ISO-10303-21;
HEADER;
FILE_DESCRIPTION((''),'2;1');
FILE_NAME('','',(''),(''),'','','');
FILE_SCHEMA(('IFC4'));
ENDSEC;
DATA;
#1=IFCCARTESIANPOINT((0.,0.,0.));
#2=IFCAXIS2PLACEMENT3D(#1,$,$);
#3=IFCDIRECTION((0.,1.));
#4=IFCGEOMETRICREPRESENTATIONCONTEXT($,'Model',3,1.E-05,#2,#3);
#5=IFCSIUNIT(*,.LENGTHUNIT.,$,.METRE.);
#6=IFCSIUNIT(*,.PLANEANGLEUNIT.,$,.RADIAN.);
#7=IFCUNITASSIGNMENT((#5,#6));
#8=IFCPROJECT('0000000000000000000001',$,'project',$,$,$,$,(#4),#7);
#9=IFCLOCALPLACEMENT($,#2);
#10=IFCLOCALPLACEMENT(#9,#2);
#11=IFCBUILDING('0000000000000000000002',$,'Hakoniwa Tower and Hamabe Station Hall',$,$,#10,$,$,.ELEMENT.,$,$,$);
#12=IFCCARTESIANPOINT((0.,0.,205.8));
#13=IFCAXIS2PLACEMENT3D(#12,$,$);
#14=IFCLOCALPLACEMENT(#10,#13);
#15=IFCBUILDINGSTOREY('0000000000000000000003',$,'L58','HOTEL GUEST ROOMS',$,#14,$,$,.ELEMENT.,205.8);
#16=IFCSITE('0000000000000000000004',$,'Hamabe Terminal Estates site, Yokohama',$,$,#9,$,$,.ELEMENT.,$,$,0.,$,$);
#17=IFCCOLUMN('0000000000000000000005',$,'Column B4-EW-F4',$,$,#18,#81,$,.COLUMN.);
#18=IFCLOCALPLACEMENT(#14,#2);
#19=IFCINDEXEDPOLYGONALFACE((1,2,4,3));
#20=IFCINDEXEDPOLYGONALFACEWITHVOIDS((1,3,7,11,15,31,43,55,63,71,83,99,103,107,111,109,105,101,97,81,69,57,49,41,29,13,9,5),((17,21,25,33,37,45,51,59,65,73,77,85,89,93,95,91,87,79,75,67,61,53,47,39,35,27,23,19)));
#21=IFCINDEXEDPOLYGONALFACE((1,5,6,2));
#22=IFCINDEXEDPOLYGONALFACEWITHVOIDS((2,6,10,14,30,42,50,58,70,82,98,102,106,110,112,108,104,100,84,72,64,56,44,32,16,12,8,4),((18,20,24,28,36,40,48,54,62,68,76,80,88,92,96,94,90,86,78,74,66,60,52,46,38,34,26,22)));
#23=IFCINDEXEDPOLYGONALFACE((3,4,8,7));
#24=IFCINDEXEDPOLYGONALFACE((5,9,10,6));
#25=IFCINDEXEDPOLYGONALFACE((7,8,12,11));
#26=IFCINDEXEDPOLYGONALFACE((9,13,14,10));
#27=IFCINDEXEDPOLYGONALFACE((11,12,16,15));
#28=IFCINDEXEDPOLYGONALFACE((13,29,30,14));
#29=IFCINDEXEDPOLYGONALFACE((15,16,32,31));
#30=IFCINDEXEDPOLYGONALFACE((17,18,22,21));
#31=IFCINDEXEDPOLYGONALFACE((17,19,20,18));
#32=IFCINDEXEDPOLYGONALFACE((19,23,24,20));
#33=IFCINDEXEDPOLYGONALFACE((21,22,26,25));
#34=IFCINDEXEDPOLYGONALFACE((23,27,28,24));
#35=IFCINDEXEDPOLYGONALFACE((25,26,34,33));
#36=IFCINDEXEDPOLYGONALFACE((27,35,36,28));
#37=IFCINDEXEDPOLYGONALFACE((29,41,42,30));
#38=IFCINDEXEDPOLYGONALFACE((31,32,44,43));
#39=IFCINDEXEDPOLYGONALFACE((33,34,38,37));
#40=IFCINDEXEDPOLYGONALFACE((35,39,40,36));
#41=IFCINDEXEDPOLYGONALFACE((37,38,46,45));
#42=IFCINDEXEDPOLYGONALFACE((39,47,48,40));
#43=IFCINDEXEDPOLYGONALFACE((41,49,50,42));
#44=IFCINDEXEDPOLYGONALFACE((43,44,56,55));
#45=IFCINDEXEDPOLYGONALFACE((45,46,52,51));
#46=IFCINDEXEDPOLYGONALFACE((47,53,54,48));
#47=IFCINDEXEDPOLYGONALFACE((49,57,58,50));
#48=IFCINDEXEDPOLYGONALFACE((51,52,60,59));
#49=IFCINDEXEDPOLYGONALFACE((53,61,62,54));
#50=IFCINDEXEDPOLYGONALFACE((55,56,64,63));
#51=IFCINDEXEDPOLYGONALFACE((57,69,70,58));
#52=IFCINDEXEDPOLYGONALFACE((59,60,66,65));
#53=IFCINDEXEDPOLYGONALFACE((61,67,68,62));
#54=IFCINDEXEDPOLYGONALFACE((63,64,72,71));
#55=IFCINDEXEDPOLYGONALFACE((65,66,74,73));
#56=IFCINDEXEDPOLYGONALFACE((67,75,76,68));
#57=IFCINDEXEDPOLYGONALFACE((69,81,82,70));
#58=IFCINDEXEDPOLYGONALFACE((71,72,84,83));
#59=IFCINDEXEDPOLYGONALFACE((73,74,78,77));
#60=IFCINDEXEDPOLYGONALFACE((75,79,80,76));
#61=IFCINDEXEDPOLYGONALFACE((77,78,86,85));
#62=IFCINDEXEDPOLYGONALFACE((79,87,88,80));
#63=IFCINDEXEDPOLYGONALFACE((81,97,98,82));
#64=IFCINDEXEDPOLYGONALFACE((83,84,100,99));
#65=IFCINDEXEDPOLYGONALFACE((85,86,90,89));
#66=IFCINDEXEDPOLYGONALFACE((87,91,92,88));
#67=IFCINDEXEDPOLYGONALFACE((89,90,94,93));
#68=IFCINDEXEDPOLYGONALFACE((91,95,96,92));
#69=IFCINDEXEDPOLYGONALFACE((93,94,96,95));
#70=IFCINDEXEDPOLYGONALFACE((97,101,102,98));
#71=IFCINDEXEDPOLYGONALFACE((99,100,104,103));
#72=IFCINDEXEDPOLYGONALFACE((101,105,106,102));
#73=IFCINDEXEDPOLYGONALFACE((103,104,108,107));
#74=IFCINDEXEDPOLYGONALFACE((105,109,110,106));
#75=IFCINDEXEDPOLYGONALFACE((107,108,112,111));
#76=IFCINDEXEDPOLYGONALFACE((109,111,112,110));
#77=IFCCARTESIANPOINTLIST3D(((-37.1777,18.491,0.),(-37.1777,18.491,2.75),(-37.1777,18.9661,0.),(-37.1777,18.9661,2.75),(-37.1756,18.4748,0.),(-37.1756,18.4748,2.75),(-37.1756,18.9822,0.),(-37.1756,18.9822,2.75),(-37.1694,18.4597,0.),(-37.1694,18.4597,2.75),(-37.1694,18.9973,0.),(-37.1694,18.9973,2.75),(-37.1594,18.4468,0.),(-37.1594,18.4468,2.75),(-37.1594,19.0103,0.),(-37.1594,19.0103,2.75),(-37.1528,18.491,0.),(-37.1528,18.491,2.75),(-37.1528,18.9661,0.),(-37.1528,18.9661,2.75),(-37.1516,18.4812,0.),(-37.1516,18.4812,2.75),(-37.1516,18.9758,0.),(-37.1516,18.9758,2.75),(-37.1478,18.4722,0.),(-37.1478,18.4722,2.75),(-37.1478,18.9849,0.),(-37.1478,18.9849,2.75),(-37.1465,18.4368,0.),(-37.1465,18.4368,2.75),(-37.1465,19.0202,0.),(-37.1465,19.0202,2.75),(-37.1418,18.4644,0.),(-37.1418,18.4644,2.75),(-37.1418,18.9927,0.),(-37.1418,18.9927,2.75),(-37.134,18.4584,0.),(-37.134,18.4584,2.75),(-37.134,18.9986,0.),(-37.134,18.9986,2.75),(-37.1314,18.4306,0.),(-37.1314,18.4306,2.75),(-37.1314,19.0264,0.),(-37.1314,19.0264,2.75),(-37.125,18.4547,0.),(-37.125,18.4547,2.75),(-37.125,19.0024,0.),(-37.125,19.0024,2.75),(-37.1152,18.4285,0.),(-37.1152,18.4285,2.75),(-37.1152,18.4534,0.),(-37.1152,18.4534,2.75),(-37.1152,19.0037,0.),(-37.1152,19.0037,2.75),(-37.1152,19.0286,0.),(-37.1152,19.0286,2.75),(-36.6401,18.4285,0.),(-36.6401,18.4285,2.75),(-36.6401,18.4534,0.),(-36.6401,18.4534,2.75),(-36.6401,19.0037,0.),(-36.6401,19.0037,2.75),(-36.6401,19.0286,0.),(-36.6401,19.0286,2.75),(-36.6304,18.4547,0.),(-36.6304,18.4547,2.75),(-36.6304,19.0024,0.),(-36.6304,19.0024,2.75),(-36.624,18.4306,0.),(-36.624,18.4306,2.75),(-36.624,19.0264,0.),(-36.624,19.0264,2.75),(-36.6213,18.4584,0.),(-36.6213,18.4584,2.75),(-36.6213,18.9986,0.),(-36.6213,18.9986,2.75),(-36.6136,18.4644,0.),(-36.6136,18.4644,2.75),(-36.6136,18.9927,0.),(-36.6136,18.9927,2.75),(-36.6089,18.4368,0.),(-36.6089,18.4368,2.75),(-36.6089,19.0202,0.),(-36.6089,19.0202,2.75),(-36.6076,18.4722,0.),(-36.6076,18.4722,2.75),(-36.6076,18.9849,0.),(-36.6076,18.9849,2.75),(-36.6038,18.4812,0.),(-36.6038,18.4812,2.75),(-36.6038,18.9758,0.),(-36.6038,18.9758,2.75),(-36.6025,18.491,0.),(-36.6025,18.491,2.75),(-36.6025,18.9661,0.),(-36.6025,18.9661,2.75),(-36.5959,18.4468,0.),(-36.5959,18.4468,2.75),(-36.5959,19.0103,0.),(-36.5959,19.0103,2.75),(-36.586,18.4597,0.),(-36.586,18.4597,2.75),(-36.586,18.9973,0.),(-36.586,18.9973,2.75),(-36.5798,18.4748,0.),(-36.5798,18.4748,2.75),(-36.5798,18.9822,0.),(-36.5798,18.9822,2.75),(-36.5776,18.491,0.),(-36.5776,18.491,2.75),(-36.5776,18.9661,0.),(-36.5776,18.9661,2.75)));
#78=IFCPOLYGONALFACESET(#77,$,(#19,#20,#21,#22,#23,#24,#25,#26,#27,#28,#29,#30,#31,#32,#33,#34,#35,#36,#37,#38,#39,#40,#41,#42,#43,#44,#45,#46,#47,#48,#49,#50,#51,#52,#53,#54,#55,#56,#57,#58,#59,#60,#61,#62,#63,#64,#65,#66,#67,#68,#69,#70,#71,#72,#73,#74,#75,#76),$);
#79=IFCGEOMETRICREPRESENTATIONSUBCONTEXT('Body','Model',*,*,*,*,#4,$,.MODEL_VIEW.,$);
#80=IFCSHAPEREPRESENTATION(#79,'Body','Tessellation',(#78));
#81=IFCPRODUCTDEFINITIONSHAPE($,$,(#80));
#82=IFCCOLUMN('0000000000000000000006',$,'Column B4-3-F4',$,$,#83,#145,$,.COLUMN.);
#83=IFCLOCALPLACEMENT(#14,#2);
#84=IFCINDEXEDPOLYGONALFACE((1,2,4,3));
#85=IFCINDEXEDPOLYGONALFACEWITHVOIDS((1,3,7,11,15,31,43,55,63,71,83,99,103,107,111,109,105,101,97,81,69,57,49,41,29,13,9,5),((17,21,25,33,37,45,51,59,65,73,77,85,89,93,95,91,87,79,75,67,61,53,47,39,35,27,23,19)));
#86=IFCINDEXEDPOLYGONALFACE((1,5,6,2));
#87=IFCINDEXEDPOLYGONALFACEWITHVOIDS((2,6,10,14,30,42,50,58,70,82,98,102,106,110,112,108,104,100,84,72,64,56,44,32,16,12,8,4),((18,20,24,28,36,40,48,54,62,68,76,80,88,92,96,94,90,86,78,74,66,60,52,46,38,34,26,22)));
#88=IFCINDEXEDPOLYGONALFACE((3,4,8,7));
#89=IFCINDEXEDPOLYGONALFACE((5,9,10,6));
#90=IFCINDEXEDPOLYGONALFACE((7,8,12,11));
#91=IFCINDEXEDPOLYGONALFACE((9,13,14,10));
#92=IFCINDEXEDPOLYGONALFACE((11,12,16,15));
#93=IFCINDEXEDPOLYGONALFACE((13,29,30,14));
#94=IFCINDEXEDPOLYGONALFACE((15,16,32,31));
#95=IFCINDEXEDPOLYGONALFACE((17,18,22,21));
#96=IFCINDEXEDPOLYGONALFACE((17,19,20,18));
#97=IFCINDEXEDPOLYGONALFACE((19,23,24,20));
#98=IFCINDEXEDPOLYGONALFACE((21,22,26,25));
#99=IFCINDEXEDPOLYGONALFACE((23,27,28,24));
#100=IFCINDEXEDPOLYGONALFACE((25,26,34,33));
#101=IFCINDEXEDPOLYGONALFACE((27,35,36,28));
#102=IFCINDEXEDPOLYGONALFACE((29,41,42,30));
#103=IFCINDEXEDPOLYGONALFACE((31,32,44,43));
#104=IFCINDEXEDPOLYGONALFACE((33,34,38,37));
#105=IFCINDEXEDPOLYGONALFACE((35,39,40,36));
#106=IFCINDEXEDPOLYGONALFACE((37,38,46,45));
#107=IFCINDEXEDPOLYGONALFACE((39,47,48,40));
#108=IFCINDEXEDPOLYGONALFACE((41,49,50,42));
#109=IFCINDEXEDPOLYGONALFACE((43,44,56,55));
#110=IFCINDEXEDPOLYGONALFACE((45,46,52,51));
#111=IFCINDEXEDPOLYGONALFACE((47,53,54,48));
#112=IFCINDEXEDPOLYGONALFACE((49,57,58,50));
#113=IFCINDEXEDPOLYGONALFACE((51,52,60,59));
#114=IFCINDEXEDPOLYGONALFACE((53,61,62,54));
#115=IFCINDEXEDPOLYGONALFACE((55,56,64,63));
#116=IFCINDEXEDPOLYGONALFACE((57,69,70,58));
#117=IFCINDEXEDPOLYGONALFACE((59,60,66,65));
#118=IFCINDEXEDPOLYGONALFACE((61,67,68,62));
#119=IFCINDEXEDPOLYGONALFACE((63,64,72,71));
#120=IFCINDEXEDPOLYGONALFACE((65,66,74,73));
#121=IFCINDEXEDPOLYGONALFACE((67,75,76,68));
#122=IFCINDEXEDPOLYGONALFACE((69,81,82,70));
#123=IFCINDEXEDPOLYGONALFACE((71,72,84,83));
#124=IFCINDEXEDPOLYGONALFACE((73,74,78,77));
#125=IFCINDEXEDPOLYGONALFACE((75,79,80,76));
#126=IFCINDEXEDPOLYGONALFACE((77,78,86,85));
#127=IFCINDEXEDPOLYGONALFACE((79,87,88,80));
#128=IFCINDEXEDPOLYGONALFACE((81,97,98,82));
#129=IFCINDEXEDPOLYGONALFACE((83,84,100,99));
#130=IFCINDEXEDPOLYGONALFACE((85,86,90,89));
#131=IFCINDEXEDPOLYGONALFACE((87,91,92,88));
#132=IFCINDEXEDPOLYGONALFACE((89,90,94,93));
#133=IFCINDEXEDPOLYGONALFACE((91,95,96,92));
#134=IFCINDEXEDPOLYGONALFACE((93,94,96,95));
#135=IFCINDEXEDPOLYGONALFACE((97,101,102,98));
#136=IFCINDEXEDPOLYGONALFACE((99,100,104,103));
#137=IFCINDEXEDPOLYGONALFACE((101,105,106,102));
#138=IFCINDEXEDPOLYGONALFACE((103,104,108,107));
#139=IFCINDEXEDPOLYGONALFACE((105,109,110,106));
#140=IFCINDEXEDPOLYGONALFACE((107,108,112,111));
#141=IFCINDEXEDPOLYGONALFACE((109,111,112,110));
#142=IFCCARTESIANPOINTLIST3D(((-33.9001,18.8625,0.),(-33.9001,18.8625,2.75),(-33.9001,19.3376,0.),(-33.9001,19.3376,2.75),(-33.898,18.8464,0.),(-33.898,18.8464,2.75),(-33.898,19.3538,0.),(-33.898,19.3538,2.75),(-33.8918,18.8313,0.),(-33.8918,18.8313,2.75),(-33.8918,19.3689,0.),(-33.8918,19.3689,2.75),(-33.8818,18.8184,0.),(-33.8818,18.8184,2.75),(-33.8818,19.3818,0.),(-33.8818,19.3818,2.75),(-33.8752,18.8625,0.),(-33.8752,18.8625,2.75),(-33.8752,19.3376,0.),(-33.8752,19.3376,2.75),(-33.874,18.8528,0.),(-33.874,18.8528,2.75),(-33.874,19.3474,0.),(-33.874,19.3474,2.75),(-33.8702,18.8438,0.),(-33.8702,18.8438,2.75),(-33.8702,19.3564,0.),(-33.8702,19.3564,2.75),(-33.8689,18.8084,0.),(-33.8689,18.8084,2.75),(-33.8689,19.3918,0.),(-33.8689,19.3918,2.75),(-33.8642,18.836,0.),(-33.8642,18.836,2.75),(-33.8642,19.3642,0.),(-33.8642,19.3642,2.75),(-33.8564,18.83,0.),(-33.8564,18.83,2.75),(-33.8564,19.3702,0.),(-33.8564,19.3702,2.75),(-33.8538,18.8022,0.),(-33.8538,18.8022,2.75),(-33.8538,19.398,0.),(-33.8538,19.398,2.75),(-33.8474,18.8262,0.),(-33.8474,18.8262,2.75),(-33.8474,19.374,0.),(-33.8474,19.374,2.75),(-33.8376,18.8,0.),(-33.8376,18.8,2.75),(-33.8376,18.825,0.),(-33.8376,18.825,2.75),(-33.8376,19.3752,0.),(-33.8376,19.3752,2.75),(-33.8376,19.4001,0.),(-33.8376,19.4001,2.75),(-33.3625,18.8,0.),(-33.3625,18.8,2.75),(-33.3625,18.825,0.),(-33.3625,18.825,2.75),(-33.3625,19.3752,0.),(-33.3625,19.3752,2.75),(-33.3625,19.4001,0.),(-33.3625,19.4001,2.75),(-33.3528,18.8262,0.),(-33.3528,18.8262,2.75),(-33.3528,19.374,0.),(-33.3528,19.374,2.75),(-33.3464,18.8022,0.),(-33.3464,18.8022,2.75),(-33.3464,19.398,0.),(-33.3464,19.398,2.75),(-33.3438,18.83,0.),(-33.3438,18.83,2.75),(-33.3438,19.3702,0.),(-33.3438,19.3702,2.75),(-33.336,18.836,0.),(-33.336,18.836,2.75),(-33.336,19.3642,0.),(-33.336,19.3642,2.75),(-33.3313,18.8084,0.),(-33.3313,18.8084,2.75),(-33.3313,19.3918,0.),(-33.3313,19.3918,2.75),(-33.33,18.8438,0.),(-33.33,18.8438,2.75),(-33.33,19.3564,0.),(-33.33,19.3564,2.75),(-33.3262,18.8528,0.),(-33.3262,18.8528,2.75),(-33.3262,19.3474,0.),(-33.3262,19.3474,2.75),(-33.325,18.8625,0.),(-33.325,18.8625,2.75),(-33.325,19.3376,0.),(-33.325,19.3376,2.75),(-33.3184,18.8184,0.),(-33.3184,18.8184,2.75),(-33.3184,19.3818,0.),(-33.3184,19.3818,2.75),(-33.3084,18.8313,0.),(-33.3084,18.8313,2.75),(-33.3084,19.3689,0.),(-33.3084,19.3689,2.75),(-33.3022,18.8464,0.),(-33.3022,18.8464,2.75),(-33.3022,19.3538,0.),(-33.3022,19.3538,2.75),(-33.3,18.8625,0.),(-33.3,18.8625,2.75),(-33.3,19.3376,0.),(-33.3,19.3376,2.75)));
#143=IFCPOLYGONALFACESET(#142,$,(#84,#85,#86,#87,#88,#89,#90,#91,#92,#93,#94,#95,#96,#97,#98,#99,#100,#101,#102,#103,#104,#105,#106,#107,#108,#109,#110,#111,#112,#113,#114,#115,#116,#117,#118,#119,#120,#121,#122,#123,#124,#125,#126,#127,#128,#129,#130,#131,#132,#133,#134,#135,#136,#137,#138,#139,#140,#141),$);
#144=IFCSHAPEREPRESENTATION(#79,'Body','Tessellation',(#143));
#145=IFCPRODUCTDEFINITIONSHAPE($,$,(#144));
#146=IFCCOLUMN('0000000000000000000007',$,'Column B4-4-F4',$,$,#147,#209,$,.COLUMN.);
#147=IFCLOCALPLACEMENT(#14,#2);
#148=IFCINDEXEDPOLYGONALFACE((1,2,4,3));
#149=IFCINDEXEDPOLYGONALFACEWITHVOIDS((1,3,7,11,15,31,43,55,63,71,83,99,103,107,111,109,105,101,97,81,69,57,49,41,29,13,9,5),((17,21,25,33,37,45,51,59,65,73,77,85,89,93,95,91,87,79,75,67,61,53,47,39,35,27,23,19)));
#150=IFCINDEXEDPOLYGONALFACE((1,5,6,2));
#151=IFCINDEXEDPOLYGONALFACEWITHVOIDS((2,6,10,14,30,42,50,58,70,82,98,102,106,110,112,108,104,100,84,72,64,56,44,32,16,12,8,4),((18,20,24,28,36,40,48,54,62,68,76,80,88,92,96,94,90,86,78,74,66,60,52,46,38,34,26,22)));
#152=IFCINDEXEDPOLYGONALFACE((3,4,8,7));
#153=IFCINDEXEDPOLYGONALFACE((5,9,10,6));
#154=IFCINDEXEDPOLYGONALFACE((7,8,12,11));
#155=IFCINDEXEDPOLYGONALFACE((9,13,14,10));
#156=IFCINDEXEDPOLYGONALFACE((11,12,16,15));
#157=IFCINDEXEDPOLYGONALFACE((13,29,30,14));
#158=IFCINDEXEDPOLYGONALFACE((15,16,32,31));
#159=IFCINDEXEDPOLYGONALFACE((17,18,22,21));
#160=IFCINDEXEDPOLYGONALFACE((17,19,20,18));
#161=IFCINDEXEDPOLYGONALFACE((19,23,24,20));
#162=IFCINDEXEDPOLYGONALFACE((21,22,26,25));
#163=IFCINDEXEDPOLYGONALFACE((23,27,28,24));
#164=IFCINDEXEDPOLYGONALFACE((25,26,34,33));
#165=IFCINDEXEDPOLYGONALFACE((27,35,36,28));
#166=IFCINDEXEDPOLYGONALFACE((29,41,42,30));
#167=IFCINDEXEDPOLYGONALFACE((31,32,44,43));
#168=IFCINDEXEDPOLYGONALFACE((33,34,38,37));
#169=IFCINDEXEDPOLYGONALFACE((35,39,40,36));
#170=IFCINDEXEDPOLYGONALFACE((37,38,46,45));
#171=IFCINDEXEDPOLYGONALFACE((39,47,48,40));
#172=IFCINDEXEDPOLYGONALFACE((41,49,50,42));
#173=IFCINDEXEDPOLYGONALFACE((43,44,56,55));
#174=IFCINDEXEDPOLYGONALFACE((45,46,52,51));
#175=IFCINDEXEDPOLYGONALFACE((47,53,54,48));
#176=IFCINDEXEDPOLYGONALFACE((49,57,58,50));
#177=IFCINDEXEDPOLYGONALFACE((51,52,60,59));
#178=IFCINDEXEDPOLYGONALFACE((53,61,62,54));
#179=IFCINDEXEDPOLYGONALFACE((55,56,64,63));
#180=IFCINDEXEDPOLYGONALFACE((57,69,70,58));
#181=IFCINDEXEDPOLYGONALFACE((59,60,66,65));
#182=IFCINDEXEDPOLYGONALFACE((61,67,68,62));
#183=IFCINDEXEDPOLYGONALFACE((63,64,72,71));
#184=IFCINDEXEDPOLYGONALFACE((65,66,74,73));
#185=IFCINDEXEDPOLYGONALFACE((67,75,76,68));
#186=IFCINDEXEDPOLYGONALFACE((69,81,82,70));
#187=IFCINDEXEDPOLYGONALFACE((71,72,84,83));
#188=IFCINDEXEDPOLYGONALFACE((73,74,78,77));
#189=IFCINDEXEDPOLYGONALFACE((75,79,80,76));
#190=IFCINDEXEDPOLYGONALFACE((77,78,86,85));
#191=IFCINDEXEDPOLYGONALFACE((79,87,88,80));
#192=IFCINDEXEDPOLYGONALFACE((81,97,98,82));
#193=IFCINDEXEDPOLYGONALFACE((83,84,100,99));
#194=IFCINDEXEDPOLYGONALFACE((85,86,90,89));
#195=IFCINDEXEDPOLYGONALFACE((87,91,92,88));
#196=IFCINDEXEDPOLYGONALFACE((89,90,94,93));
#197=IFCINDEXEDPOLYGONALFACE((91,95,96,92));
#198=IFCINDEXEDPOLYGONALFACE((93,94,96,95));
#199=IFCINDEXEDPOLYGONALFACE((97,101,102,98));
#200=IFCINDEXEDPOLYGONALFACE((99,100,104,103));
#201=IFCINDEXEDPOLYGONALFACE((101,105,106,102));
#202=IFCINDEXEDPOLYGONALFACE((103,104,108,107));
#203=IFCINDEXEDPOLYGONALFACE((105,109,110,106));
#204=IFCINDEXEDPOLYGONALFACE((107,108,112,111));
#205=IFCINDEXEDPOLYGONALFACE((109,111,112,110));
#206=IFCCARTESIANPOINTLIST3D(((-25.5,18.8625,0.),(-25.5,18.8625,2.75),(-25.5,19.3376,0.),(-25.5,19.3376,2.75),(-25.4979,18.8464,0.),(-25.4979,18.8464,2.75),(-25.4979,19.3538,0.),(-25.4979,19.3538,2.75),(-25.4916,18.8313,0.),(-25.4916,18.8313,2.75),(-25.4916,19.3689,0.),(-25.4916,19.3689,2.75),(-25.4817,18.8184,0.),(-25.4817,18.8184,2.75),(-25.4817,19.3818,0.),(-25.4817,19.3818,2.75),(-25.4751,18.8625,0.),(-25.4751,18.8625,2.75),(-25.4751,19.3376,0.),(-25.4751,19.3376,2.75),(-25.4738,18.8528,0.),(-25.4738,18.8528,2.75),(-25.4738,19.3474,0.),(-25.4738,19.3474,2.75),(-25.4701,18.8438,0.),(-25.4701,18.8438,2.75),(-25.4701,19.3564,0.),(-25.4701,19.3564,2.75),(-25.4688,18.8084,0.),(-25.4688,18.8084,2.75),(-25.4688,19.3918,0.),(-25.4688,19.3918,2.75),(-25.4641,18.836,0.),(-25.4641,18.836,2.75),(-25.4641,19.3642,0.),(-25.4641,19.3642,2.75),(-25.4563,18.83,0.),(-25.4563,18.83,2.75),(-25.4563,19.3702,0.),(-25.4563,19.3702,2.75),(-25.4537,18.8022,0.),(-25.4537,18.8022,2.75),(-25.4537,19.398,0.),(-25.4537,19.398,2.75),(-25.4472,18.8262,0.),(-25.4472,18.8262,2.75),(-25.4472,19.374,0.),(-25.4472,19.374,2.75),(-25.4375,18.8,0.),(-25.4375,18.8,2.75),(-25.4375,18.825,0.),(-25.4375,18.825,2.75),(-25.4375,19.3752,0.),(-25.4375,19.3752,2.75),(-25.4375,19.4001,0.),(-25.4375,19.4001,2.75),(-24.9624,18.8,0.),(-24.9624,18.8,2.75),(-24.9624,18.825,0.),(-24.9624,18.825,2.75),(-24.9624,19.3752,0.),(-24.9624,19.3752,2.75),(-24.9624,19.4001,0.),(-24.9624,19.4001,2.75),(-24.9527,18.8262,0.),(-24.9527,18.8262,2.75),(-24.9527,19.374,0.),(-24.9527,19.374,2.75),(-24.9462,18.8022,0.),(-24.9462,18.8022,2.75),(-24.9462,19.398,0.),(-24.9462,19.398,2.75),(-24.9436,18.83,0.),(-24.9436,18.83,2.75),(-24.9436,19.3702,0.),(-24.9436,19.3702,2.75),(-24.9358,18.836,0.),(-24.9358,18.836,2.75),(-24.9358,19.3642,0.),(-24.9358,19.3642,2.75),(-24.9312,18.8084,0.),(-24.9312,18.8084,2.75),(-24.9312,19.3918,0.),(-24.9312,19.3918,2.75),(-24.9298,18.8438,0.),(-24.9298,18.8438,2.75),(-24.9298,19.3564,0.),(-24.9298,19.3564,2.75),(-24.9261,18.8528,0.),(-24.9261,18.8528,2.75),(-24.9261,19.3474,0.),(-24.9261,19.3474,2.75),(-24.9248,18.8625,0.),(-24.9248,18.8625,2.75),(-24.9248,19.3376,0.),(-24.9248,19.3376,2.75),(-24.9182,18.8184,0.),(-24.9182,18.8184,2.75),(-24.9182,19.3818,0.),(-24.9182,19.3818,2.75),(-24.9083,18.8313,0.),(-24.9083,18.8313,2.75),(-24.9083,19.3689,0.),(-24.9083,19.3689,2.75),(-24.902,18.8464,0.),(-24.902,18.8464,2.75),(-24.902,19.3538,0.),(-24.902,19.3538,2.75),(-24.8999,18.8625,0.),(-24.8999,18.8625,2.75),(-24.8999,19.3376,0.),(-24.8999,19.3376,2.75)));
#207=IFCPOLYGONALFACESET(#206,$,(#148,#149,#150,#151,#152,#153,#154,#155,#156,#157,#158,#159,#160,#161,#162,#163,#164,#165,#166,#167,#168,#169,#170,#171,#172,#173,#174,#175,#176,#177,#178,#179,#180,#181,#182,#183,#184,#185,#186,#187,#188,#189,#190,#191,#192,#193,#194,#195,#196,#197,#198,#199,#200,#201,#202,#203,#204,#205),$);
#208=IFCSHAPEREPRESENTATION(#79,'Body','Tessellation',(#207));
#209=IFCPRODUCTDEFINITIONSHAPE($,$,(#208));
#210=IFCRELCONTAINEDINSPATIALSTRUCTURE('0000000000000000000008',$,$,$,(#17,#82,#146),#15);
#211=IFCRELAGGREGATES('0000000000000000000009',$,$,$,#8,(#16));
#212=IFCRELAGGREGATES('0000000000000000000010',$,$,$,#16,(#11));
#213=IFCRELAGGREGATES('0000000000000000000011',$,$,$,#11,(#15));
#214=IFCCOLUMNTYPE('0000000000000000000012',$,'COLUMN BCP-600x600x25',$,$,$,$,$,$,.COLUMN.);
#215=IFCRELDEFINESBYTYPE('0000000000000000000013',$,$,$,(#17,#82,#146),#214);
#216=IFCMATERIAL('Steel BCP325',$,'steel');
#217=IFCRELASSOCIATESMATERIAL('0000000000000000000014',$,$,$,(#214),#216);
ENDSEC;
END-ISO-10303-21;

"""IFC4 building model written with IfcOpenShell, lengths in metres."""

from ifc_helpers import new_model, si_unit, direction, frame, origin, origin_2d, place, context, subcontext, project, spatial, hollow_rectangle, extrude, material, material_profile, profile_set, type_object, element, save


model = new_model("IFC4")

# Units and contexts
model_context = context("Model", 3, precision=1e-05, world=origin(), true_north=direction((0.0, 1.0)))
body_context = subcontext(model_context, "Body", "Model", "MODEL_VIEW")
ifc_project = project(units=[si_unit("LENGTHUNIT", "METRE"), si_unit("PLANEANGLEUNIT", "RADIAN")], contexts=[model_context])

# Site, building, storey
site_placement = place(None, origin())
site = spatial("IfcSite", under=ifc_project, at=site_placement, Name="Hamabe Terminal Estates site, Yokohama", CompositionType="ELEMENT", RefElevation=0.0)
building_placement = place(site_placement, origin())
building = spatial("IfcBuilding", under=site, at=building_placement, Name="Hakoniwa Tower and Hamabe Station Hall", CompositionType="ELEMENT")
storey_placement = place(building_placement, frame((0.0, 0.0, 205.8)))
storey = spatial("IfcBuildingStorey", under=building, at=storey_placement, Name="L58", Description="HOTEL GUEST ROOMS", CompositionType="ELEMENT", Elevation=205.8)

# Columns
ifc_material_1 = material(Name="Steel BCP325", Category="steel")
ifc_material_profile_1 = material_profile(ifc_material_1, hollow_rectangle(XDim=0.6001, YDim=0.6001, WallThickness=0.0249, InnerFilletRadius=0.0376, OuterFilletRadius=0.0625, at=origin_2d()), Name="BCP-600x600x25")
ifc_profile_set_1 = profile_set([ifc_material_profile_1], Name="Steel BCP325")
column_type = type_object("IfcColumnType", Name="COLUMN BCP-600x600x25", PredefinedType="COLUMN", material=ifc_profile_set_1)
for number, where, z_axis, x_axis, name in (
    (1, (-36.8777, 18.7285, 0.0), (0.0, 0.0, 1.0), (1.0, 0.0, 0.0), "Column B4-EW-F4"),
    (2, (-33.6001, 19.1001, 0.0), (0.0, 0.0, 1.0), (1.0, 0.0, 0.0), "Column B4-3-F4"),
    (3, (-25.2, 19.1001, 0.0), (0.0, 0.0, 1.0), (1.0, 0.0, 0.0), "Column B4-4-F4"),
):
    element("IfcColumn", number, at=place(storey_placement, frame(where, z_axis=z_axis, x_axis=x_axis)), inside=storey, type_object=column_type, Name=name, PredefinedType="COLUMN", context=body_context, shape_type="SweptSolid", body=[
        extrude(hollow_rectangle(XDim=0.6001, YDim=0.6001, WallThickness=0.0249, InnerFilletRadius=0.0376, OuterFilletRadius=0.0625, at=origin_2d()), origin(), (0.0, 0.0, 1.0), 2.75),
    ])

save(model, "model.ifc")
